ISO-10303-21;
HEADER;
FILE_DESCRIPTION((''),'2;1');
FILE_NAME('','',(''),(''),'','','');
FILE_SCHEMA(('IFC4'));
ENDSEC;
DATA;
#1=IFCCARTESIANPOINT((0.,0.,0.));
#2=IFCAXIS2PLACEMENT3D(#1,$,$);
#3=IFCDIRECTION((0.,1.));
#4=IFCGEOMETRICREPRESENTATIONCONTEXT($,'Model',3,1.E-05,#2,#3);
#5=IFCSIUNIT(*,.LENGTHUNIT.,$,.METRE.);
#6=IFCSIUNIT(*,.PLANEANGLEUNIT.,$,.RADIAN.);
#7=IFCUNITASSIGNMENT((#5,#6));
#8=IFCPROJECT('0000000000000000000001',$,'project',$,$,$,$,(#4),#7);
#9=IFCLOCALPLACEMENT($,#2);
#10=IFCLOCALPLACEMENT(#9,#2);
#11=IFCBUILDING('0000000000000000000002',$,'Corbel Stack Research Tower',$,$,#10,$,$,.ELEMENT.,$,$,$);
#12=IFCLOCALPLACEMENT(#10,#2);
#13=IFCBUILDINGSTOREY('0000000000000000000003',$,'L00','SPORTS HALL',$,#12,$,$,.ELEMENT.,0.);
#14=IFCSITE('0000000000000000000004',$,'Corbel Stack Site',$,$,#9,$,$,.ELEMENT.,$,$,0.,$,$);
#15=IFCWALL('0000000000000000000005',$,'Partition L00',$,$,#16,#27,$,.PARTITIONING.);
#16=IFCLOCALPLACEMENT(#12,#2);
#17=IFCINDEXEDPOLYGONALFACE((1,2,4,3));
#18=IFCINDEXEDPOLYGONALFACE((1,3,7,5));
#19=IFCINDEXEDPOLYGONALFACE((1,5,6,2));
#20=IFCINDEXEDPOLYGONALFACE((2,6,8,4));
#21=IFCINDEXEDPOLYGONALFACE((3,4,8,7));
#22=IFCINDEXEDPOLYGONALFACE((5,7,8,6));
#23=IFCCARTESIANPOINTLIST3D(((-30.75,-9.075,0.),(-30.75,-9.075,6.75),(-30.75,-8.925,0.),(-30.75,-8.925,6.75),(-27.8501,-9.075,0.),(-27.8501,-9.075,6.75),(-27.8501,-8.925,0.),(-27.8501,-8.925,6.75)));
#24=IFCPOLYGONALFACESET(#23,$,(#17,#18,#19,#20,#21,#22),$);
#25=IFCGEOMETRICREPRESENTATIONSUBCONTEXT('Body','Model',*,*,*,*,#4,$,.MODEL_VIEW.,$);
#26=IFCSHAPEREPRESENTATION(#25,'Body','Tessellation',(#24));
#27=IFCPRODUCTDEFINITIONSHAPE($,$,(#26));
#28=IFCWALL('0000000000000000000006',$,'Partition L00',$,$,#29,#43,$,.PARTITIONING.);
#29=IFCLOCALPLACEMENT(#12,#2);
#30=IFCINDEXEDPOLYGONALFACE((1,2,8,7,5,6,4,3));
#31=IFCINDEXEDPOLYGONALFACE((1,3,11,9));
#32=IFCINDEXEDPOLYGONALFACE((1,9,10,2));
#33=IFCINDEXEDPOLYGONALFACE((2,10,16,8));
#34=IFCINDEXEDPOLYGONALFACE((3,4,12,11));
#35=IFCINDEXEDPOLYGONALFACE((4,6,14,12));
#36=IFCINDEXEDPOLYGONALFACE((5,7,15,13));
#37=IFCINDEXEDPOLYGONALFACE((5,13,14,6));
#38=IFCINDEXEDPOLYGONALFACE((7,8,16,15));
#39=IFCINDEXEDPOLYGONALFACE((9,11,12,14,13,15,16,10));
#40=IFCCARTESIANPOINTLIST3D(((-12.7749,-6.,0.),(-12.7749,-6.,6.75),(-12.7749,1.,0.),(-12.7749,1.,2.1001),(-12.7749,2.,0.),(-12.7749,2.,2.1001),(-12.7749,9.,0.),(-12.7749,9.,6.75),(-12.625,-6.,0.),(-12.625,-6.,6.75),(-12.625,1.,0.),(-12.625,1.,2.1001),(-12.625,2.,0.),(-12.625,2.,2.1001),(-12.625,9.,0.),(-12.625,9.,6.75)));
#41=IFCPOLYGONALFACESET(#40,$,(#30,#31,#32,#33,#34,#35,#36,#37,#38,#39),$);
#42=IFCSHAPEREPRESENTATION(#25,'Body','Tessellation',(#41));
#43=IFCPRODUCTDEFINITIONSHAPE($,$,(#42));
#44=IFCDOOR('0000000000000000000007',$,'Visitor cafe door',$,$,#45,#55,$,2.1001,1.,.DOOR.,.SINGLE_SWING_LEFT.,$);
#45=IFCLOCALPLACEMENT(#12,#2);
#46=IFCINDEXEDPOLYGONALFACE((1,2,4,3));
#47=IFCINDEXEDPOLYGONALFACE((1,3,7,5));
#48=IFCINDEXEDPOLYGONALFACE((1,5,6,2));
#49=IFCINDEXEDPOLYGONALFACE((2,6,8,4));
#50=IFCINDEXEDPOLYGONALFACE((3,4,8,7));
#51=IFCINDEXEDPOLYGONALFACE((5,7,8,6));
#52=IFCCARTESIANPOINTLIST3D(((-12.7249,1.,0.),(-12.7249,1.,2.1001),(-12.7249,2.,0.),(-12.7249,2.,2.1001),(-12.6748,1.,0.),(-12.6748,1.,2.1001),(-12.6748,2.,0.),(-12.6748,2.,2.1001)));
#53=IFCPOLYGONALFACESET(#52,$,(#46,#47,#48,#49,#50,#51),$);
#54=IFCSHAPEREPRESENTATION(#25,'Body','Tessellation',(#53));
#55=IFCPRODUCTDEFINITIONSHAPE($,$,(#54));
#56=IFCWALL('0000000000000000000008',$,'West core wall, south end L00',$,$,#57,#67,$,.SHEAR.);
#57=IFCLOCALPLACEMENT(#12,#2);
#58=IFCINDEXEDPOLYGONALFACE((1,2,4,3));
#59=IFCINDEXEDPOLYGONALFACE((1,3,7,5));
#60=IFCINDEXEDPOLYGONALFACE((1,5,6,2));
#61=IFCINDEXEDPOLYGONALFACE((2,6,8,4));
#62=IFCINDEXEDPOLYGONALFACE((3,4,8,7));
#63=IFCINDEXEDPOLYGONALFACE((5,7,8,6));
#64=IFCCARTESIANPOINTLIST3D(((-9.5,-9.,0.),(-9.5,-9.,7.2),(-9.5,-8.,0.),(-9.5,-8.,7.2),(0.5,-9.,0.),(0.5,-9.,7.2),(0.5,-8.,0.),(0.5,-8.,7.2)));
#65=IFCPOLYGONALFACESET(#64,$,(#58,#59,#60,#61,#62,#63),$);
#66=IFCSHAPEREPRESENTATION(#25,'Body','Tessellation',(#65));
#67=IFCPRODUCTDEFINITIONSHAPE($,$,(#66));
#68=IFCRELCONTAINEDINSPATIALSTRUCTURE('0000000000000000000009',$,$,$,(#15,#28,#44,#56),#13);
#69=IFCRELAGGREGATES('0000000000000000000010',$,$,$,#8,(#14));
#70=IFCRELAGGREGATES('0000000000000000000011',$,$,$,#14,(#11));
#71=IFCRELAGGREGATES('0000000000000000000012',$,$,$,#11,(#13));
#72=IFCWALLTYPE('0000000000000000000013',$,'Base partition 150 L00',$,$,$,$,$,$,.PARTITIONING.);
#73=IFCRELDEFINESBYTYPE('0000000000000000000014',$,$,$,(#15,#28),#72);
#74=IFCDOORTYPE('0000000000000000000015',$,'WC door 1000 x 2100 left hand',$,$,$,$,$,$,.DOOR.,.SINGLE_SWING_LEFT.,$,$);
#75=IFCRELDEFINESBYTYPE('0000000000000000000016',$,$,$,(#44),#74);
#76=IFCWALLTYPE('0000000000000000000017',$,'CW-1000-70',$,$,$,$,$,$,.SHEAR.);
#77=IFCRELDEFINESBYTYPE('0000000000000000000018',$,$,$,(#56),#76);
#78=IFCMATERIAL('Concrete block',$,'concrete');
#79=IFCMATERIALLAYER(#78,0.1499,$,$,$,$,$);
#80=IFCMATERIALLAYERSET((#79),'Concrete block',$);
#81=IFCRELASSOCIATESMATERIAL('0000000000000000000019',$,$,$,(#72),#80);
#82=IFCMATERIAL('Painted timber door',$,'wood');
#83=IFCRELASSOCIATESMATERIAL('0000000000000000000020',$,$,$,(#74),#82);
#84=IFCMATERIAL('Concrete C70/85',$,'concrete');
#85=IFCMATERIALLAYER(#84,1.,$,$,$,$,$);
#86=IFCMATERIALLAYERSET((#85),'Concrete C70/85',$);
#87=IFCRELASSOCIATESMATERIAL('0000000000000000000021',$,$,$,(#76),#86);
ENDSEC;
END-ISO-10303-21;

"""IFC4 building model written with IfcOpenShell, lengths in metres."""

from ifc_helpers import new_model, si_unit, direction, frame, frame_2d, origin, place, context, subcontext, project, spatial, rectangle, extrude, material, layer, layer_set, type_object, element, fill, save


model = new_model("IFC4")

# Units and contexts
model_context = context("Model", 3, precision=1e-05, world=origin(), true_north=direction((0.0, 1.0)))
body_context = subcontext(model_context, "Body", "Model", "MODEL_VIEW")
ifc_project = project(units=[si_unit("LENGTHUNIT", "METRE"), si_unit("PLANEANGLEUNIT", "RADIAN")], contexts=[model_context])

# Site, building, storey
site_placement = place(None, origin())
site = spatial("IfcSite", under=ifc_project, at=site_placement, Name="Corbel Stack Site", CompositionType="ELEMENT", RefElevation=0.0)
building_placement = place(site_placement, origin())
building = spatial("IfcBuilding", under=site, at=building_placement, Name="Corbel Stack Research Tower", CompositionType="ELEMENT")
storey_placement = place(building_placement, origin())
storey = spatial("IfcBuildingStorey", under=building, at=storey_placement, Name="L00", Description="SPORTS HALL", CompositionType="ELEMENT", Elevation=0.0)

# Shared definitions
ifc_material_1 = material(Name="Concrete block", Category="concrete")
ifc_layer_1 = layer(ifc_material_1, 0.1499)
ifc_layer_set_1 = layer_set([ifc_layer_1], Name="Concrete block")
wall_type_1 = type_object("IfcWallType", Name="Base partition 150 L00", PredefinedType="PARTITIONING", material=ifc_layer_set_1)

# Wall
wall_1_placement = place(storey_placement, frame((-30.75, -9.0, 0.0), z_axis=(0.0, 0.0, 1.0), x_axis=(1.0, 0.0, 0.0)))
element("IfcWall", 1, at=wall_1_placement, inside=storey, type_object=wall_type_1, Name="Partition L00", PredefinedType="PARTITIONING", context=body_context, shape_type="SweptSolid", body=[
    extrude(rectangle(XDim=2.8999, YDim=0.1499, at=frame_2d((1.45, 0.0))), origin(), (0.0, 0.0, 1.0), 6.75),
])

# Wall, opening, door
wall_2_placement = place(storey_placement, frame((-12.7, -6.0, 0.0), z_axis=(0.0, 0.0, 1.0), x_axis=(0.0, 1.0, 0.0)))
wall_2 = element("IfcWall", 2, at=wall_2_placement, inside=storey, type_object=wall_type_1, Name="Partition L00", PredefinedType="PARTITIONING", context=body_context, shape_type="SweptSolid", body=[
    extrude(rectangle(XDim=15.0, YDim=0.1499, at=frame_2d((7.5, 0.0))), origin(), (0.0, 0.0, 1.0), 6.75),
])
opening_1_placement = place(wall_2_placement, frame((7.0, 0.0, 0.0)))
opening_1 = element("IfcOpeningElement", 3, at=opening_1_placement, cuts=wall_2, PredefinedType="OPENING", context=body_context, shape_type="SweptSolid", body=[
    extrude(rectangle(XDim=1.0, YDim=2.1001, at=frame_2d((0.5, 1.05))), frame((0.0, 0.085, 0.0), z_axis=(0.0, -1.0, 0.0), x_axis=(1.0, 0.0, 0.0)), (0.0, 0.0, 1.0), 0.1699),
])
ifc_material_2 = material(Name="Painted timber door", Category="wood")
door_type_1 = type_object("IfcDoorType", Name="WC door 1000 x 2100 left hand", OperationType="SINGLE_SWING_LEFT", PredefinedType="DOOR", material=ifc_material_2)
door_1_placement = place(opening_1_placement, origin())
door_1 = element("IfcDoor", 4, at=door_1_placement, inside=storey, type_object=door_type_1, Name="Visitor cafe door", OperationType="SINGLE_SWING_LEFT", OverallHeight=2.1001, OverallWidth=1.0, PredefinedType="DOOR", context=body_context, shape_type="SweptSolid", body=[
    extrude(rectangle(XDim=1.0, YDim=2.1001, at=frame_2d((0.5, 1.05))), frame((0.0, 0.0249, 0.0), z_axis=(0.0, -1.0, 0.0), x_axis=(1.0, 0.0, 0.0)), (0.0, 0.0, 1.0), 0.05),
])
fill(opening_1, door_1)

# Shared definitions
ifc_material_3 = material(Name="Concrete C70/85", Category="concrete")
ifc_layer_2 = layer(ifc_material_3, 1.0)
ifc_layer_set_2 = layer_set([ifc_layer_2], Name="Concrete C70/85")
wall_type_2 = type_object("IfcWallType", Name="CW-1000-70", PredefinedType="SHEAR", material=ifc_layer_set_2)

# Wall
wall_3_placement = place(storey_placement, frame((-9.5, -8.5, 0.0), z_axis=(0.0, 0.0, 1.0), x_axis=(1.0, 0.0, 0.0)))
element("IfcWall", 5, at=wall_3_placement, inside=storey, type_object=wall_type_2, Name="West core wall, south end L00", PredefinedType="SHEAR", context=body_context, shape_type="SweptSolid", body=[
    extrude(rectangle(XDim=10.0, YDim=1.0, at=frame_2d((5.0, 0.0))), origin(), (0.0, 0.0, 1.0), 7.2),
])

save(model, "model.ifc")
